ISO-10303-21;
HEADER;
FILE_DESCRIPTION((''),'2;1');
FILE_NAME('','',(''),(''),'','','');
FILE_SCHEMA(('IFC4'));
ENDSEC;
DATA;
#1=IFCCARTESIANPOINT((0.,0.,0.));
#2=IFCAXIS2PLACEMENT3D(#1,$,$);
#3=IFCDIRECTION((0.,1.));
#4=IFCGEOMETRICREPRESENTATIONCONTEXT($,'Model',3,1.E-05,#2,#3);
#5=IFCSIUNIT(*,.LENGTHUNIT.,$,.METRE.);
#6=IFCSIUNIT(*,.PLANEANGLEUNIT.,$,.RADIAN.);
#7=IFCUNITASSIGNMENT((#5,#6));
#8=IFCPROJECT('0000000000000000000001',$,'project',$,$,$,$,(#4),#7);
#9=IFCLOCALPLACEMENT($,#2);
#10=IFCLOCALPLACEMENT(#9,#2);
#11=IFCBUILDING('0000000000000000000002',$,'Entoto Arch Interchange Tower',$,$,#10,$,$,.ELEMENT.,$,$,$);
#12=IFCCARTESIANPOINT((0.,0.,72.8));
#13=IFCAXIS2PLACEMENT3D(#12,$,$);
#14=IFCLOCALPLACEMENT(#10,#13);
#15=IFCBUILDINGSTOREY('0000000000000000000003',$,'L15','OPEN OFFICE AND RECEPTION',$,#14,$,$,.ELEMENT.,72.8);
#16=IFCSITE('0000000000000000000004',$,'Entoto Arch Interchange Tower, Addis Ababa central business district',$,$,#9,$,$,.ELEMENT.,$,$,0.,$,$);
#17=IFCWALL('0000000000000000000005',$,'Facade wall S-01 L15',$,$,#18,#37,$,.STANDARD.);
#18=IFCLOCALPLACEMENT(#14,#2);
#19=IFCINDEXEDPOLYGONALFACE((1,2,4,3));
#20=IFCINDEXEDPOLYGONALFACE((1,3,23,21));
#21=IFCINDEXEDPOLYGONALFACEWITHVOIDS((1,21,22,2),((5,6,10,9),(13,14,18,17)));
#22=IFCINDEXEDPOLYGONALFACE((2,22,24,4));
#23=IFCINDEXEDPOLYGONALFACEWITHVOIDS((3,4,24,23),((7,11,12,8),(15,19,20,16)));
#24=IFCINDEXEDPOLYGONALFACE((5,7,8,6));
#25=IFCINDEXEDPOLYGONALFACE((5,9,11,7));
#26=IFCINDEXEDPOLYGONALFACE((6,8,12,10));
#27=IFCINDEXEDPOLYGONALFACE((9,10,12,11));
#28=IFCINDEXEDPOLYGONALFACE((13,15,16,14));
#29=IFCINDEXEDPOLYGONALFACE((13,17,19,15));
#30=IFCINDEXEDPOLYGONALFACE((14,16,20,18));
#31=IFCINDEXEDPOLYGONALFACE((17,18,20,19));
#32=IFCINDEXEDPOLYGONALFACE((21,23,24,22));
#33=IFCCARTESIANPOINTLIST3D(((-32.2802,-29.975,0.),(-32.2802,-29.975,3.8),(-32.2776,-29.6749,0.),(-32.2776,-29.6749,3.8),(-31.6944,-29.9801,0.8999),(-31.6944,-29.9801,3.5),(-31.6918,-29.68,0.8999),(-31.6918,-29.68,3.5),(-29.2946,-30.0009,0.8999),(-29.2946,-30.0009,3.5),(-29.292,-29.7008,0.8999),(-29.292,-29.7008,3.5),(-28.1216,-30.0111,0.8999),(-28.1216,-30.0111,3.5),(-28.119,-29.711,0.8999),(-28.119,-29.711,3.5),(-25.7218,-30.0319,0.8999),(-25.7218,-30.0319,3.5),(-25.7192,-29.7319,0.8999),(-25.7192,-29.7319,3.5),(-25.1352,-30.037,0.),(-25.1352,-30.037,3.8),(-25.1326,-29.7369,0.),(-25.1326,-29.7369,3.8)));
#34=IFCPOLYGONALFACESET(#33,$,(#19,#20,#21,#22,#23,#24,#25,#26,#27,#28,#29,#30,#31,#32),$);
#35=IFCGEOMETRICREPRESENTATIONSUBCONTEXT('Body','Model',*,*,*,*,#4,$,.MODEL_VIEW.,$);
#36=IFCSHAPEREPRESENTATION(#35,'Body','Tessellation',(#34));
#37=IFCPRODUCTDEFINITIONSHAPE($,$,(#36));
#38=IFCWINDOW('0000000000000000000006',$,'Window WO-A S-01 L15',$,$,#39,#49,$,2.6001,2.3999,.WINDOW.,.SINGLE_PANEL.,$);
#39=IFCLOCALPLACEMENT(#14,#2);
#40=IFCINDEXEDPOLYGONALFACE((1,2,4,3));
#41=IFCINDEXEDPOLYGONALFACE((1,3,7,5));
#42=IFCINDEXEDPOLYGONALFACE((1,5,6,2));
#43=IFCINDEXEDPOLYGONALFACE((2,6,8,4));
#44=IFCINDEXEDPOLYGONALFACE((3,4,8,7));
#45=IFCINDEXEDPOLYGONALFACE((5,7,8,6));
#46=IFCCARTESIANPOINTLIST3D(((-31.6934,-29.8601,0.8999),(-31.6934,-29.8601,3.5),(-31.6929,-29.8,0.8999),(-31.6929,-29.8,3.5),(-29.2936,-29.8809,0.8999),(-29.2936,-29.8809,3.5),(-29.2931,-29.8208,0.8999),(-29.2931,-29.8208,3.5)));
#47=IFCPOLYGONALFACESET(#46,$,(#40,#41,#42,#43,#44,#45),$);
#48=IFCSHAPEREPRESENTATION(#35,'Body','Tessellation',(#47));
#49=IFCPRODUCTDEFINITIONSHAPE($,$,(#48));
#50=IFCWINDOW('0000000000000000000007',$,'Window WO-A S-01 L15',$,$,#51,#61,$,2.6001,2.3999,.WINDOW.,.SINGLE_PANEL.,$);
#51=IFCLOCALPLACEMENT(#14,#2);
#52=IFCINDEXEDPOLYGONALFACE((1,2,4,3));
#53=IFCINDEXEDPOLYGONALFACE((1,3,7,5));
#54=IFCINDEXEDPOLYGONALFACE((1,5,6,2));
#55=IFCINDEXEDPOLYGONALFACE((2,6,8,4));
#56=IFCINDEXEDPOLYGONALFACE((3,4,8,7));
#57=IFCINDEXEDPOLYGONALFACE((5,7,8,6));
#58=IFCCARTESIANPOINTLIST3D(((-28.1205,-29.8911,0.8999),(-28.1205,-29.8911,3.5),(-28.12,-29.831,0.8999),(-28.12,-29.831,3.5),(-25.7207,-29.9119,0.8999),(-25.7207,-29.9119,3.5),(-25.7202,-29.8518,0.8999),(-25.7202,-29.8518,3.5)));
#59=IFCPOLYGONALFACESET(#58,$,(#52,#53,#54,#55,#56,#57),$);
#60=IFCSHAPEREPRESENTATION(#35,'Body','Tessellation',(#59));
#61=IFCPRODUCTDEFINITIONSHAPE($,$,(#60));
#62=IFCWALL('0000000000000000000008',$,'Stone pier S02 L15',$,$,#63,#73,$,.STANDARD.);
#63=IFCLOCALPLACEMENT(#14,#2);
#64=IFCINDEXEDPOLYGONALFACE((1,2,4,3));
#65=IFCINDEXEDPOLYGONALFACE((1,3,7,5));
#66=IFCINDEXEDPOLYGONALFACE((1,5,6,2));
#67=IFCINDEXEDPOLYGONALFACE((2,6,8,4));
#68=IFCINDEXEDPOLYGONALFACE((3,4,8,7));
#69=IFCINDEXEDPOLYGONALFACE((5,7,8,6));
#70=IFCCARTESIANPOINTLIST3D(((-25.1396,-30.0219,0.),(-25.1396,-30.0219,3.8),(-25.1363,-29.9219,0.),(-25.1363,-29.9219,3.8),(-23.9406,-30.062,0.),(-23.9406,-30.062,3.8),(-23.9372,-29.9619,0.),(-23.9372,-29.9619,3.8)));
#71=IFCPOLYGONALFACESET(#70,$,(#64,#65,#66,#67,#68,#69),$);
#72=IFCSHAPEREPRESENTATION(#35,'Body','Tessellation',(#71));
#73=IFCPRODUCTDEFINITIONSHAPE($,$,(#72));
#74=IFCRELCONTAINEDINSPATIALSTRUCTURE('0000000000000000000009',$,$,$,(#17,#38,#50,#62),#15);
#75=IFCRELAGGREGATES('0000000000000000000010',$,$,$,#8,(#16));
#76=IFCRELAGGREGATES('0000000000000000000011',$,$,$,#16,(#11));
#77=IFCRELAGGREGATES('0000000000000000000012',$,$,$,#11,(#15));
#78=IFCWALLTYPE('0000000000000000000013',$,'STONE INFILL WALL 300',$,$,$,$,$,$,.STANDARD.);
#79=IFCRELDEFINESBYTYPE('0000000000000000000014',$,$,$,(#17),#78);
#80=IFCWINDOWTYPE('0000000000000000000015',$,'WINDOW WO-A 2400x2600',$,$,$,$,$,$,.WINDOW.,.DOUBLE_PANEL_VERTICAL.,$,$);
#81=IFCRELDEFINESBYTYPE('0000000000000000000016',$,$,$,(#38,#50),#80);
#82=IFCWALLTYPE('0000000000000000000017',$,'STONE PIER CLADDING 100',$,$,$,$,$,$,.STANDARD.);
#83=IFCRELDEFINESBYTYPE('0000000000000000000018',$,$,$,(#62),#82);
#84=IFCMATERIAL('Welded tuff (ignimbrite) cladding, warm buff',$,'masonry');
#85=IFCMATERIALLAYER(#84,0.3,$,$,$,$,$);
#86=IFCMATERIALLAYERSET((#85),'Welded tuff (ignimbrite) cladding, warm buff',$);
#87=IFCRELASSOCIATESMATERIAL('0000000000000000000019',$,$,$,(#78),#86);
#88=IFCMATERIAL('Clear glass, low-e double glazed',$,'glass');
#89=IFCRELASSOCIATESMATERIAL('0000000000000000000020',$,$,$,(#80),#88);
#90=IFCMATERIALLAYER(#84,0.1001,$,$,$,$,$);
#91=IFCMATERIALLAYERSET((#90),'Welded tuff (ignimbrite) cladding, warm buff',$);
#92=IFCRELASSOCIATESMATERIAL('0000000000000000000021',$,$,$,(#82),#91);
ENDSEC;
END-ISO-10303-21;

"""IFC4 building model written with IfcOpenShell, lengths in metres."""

from ifc_helpers import new_model, si_unit, direction, frame, frame_2d, origin, place, context, subcontext, project, spatial, rectangle, extrude, material, layer, layer_set, type_object, element, fill, save


model = new_model("IFC4")

# Units and contexts
model_context = context("Model", 3, precision=1e-05, world=origin(), true_north=direction((0.0, 1.0)))
body_context = subcontext(model_context, "Body", "Model", "MODEL_VIEW")
ifc_project = project(units=[si_unit("LENGTHUNIT", "METRE"), si_unit("PLANEANGLEUNIT", "RADIAN")], contexts=[model_context])

# Site, building, storey
site_placement = place(None, origin())
site = spatial("IfcSite", under=ifc_project, at=site_placement, Name="Entoto Arch Interchange Tower, Addis Ababa central business district", CompositionType="ELEMENT", RefElevation=0.0)
building_placement = place(site_placement, origin())
building = spatial("IfcBuilding", under=site, at=building_placement, Name="Entoto Arch Interchange Tower", CompositionType="ELEMENT")
storey_placement = place(building_placement, frame((0.0, 0.0, 72.8)))
storey = spatial("IfcBuildingStorey", under=building, at=storey_placement, Name="L15", Description="OPEN OFFICE AND RECEPTION", CompositionType="ELEMENT", Elevation=72.8)

# Wall, openings, windows
ifc_material_1 = material(Name="Welded tuff (ignimbrite) cladding, warm buff", Category="masonry")
ifc_layer_1 = layer(ifc_material_1, 0.3)
ifc_layer_set_1 = layer_set([ifc_layer_1], Name="Welded tuff (ignimbrite) cladding, warm buff")
wall_type_1 = type_object("IfcWallType", Name="STONE INFILL WALL 300", PredefinedType="STANDARD", material=ifc_layer_set_1)
wall_1_placement = place(storey_placement, frame((-32.2791, -29.825, 0.0), z_axis=(0.0, 0.0, 1.0), x_axis=(0.999962, -0.008679, 0.0)))
wall_1 = element("IfcWall", 1, at=wall_1_placement, inside=storey, type_object=wall_type_1, Name="Facade wall S-01 L15", PredefinedType="STANDARD", context=body_context, shape_type="SweptSolid", body=[
    extrude(rectangle(XDim=7.1453, YDim=0.3, at=frame_2d((3.5728, 0.0))), origin(), (0.0, 0.0, 1.0), 3.8),
])
opening_1_placement = place(wall_1_placement, frame((0.5859, 0.0, 0.8999)))
opening_1 = element("IfcOpeningElement", 2, at=opening_1_placement, cuts=wall_1, PredefinedType="OPENING", context=body_context, shape_type="SweptSolid", body=[
    extrude(rectangle(XDim=2.3999, YDim=2.6001, at=frame_2d((1.2, 1.3))), frame((0.0, 0.1602, 0.0), z_axis=(0.0, -1.0, 0.0), x_axis=(1.0, 0.0, 0.0)), (0.0, 0.0, 1.0), 0.3201),
])
opening_2_placement = place(wall_1_placement, frame((4.1589, 0.0, 0.8999)))
opening_2 = element("IfcOpeningElement", 3, at=opening_2_placement, cuts=wall_1, PredefinedType="OPENING", context=body_context, shape_type="SweptSolid", body=[
    extrude(rectangle(XDim=2.3999, YDim=2.6001, at=frame_2d((1.2, 1.3))), frame((0.0, 0.1602, 0.0), z_axis=(0.0, -1.0, 0.0), x_axis=(1.0, 0.0, 0.0)), (0.0, 0.0, 1.0), 0.3201),
])
ifc_material_2 = material(Name="Clear glass, low-e double glazed", Category="glass")
window_type = type_object("IfcWindowType", Name="WINDOW WO-A 2400x2600", PartitioningType="DOUBLE_PANEL_VERTICAL", PredefinedType="WINDOW", material=ifc_material_2)
window_1_placement = place(opening_1_placement, origin())
window_1 = element("IfcWindow", 4, at=window_1_placement, inside=storey, type_object=window_type, Name="Window WO-A S-01 L15", OverallHeight=2.6001, OverallWidth=2.3999, PartitioningType="SINGLE_PANEL", PredefinedType="WINDOW", context=body_context, shape_type="SweptSolid", body=[
    extrude(rectangle(XDim=2.3999, YDim=2.6001, at=frame_2d((1.2, 1.3))), frame((0.0, 0.03, 0.0), z_axis=(0.0, -1.0, 0.0), x_axis=(1.0, 0.0, 0.0)), (0.0, 0.0, 1.0), 0.0601),
])
fill(opening_1, window_1)
window_2_placement = place(opening_2_placement, origin())
window_2 = element("IfcWindow", 5, at=window_2_placement, inside=storey, type_object=window_type, Name="Window WO-A S-01 L15", OverallHeight=2.6001, OverallWidth=2.3999, PartitioningType="SINGLE_PANEL", PredefinedType="WINDOW", context=body_context, shape_type="SweptSolid", body=[
    extrude(rectangle(XDim=2.3999, YDim=2.6001, at=frame_2d((1.2, 1.3))), frame((0.0, 0.03, 0.0), z_axis=(0.0, -1.0, 0.0), x_axis=(1.0, 0.0, 0.0)), (0.0, 0.0, 1.0), 0.0601),
])
fill(opening_2, window_2)

# Wall
ifc_layer_2 = layer(ifc_material_1, 0.1001)
ifc_layer_set_2 = layer_set([ifc_layer_2], Name="Welded tuff (ignimbrite) cladding, warm buff")
wall_type_2 = type_object("IfcWallType", Name="STONE PIER CLADDING 100", PredefinedType="STANDARD", material=ifc_layer_set_2)
wall_2_placement = place(storey_placement, frame((-25.1379, -29.9719, 0.0), z_axis=(0.0, 0.0, 1.0), x_axis=(0.999443, -0.033376, 0.0)))
element("IfcWall", 6, at=wall_2_placement, inside=storey, type_object=wall_type_2, Name="Stone pier S02 L15", PredefinedType="STANDARD", context=body_context, shape_type="SweptSolid", body=[
    extrude(rectangle(XDim=1.1997, YDim=0.1001, at=frame_2d((0.5999, 0.0))), origin(), (0.0, 0.0, 1.0), 3.8),
])

save(model, "model.ifc")
